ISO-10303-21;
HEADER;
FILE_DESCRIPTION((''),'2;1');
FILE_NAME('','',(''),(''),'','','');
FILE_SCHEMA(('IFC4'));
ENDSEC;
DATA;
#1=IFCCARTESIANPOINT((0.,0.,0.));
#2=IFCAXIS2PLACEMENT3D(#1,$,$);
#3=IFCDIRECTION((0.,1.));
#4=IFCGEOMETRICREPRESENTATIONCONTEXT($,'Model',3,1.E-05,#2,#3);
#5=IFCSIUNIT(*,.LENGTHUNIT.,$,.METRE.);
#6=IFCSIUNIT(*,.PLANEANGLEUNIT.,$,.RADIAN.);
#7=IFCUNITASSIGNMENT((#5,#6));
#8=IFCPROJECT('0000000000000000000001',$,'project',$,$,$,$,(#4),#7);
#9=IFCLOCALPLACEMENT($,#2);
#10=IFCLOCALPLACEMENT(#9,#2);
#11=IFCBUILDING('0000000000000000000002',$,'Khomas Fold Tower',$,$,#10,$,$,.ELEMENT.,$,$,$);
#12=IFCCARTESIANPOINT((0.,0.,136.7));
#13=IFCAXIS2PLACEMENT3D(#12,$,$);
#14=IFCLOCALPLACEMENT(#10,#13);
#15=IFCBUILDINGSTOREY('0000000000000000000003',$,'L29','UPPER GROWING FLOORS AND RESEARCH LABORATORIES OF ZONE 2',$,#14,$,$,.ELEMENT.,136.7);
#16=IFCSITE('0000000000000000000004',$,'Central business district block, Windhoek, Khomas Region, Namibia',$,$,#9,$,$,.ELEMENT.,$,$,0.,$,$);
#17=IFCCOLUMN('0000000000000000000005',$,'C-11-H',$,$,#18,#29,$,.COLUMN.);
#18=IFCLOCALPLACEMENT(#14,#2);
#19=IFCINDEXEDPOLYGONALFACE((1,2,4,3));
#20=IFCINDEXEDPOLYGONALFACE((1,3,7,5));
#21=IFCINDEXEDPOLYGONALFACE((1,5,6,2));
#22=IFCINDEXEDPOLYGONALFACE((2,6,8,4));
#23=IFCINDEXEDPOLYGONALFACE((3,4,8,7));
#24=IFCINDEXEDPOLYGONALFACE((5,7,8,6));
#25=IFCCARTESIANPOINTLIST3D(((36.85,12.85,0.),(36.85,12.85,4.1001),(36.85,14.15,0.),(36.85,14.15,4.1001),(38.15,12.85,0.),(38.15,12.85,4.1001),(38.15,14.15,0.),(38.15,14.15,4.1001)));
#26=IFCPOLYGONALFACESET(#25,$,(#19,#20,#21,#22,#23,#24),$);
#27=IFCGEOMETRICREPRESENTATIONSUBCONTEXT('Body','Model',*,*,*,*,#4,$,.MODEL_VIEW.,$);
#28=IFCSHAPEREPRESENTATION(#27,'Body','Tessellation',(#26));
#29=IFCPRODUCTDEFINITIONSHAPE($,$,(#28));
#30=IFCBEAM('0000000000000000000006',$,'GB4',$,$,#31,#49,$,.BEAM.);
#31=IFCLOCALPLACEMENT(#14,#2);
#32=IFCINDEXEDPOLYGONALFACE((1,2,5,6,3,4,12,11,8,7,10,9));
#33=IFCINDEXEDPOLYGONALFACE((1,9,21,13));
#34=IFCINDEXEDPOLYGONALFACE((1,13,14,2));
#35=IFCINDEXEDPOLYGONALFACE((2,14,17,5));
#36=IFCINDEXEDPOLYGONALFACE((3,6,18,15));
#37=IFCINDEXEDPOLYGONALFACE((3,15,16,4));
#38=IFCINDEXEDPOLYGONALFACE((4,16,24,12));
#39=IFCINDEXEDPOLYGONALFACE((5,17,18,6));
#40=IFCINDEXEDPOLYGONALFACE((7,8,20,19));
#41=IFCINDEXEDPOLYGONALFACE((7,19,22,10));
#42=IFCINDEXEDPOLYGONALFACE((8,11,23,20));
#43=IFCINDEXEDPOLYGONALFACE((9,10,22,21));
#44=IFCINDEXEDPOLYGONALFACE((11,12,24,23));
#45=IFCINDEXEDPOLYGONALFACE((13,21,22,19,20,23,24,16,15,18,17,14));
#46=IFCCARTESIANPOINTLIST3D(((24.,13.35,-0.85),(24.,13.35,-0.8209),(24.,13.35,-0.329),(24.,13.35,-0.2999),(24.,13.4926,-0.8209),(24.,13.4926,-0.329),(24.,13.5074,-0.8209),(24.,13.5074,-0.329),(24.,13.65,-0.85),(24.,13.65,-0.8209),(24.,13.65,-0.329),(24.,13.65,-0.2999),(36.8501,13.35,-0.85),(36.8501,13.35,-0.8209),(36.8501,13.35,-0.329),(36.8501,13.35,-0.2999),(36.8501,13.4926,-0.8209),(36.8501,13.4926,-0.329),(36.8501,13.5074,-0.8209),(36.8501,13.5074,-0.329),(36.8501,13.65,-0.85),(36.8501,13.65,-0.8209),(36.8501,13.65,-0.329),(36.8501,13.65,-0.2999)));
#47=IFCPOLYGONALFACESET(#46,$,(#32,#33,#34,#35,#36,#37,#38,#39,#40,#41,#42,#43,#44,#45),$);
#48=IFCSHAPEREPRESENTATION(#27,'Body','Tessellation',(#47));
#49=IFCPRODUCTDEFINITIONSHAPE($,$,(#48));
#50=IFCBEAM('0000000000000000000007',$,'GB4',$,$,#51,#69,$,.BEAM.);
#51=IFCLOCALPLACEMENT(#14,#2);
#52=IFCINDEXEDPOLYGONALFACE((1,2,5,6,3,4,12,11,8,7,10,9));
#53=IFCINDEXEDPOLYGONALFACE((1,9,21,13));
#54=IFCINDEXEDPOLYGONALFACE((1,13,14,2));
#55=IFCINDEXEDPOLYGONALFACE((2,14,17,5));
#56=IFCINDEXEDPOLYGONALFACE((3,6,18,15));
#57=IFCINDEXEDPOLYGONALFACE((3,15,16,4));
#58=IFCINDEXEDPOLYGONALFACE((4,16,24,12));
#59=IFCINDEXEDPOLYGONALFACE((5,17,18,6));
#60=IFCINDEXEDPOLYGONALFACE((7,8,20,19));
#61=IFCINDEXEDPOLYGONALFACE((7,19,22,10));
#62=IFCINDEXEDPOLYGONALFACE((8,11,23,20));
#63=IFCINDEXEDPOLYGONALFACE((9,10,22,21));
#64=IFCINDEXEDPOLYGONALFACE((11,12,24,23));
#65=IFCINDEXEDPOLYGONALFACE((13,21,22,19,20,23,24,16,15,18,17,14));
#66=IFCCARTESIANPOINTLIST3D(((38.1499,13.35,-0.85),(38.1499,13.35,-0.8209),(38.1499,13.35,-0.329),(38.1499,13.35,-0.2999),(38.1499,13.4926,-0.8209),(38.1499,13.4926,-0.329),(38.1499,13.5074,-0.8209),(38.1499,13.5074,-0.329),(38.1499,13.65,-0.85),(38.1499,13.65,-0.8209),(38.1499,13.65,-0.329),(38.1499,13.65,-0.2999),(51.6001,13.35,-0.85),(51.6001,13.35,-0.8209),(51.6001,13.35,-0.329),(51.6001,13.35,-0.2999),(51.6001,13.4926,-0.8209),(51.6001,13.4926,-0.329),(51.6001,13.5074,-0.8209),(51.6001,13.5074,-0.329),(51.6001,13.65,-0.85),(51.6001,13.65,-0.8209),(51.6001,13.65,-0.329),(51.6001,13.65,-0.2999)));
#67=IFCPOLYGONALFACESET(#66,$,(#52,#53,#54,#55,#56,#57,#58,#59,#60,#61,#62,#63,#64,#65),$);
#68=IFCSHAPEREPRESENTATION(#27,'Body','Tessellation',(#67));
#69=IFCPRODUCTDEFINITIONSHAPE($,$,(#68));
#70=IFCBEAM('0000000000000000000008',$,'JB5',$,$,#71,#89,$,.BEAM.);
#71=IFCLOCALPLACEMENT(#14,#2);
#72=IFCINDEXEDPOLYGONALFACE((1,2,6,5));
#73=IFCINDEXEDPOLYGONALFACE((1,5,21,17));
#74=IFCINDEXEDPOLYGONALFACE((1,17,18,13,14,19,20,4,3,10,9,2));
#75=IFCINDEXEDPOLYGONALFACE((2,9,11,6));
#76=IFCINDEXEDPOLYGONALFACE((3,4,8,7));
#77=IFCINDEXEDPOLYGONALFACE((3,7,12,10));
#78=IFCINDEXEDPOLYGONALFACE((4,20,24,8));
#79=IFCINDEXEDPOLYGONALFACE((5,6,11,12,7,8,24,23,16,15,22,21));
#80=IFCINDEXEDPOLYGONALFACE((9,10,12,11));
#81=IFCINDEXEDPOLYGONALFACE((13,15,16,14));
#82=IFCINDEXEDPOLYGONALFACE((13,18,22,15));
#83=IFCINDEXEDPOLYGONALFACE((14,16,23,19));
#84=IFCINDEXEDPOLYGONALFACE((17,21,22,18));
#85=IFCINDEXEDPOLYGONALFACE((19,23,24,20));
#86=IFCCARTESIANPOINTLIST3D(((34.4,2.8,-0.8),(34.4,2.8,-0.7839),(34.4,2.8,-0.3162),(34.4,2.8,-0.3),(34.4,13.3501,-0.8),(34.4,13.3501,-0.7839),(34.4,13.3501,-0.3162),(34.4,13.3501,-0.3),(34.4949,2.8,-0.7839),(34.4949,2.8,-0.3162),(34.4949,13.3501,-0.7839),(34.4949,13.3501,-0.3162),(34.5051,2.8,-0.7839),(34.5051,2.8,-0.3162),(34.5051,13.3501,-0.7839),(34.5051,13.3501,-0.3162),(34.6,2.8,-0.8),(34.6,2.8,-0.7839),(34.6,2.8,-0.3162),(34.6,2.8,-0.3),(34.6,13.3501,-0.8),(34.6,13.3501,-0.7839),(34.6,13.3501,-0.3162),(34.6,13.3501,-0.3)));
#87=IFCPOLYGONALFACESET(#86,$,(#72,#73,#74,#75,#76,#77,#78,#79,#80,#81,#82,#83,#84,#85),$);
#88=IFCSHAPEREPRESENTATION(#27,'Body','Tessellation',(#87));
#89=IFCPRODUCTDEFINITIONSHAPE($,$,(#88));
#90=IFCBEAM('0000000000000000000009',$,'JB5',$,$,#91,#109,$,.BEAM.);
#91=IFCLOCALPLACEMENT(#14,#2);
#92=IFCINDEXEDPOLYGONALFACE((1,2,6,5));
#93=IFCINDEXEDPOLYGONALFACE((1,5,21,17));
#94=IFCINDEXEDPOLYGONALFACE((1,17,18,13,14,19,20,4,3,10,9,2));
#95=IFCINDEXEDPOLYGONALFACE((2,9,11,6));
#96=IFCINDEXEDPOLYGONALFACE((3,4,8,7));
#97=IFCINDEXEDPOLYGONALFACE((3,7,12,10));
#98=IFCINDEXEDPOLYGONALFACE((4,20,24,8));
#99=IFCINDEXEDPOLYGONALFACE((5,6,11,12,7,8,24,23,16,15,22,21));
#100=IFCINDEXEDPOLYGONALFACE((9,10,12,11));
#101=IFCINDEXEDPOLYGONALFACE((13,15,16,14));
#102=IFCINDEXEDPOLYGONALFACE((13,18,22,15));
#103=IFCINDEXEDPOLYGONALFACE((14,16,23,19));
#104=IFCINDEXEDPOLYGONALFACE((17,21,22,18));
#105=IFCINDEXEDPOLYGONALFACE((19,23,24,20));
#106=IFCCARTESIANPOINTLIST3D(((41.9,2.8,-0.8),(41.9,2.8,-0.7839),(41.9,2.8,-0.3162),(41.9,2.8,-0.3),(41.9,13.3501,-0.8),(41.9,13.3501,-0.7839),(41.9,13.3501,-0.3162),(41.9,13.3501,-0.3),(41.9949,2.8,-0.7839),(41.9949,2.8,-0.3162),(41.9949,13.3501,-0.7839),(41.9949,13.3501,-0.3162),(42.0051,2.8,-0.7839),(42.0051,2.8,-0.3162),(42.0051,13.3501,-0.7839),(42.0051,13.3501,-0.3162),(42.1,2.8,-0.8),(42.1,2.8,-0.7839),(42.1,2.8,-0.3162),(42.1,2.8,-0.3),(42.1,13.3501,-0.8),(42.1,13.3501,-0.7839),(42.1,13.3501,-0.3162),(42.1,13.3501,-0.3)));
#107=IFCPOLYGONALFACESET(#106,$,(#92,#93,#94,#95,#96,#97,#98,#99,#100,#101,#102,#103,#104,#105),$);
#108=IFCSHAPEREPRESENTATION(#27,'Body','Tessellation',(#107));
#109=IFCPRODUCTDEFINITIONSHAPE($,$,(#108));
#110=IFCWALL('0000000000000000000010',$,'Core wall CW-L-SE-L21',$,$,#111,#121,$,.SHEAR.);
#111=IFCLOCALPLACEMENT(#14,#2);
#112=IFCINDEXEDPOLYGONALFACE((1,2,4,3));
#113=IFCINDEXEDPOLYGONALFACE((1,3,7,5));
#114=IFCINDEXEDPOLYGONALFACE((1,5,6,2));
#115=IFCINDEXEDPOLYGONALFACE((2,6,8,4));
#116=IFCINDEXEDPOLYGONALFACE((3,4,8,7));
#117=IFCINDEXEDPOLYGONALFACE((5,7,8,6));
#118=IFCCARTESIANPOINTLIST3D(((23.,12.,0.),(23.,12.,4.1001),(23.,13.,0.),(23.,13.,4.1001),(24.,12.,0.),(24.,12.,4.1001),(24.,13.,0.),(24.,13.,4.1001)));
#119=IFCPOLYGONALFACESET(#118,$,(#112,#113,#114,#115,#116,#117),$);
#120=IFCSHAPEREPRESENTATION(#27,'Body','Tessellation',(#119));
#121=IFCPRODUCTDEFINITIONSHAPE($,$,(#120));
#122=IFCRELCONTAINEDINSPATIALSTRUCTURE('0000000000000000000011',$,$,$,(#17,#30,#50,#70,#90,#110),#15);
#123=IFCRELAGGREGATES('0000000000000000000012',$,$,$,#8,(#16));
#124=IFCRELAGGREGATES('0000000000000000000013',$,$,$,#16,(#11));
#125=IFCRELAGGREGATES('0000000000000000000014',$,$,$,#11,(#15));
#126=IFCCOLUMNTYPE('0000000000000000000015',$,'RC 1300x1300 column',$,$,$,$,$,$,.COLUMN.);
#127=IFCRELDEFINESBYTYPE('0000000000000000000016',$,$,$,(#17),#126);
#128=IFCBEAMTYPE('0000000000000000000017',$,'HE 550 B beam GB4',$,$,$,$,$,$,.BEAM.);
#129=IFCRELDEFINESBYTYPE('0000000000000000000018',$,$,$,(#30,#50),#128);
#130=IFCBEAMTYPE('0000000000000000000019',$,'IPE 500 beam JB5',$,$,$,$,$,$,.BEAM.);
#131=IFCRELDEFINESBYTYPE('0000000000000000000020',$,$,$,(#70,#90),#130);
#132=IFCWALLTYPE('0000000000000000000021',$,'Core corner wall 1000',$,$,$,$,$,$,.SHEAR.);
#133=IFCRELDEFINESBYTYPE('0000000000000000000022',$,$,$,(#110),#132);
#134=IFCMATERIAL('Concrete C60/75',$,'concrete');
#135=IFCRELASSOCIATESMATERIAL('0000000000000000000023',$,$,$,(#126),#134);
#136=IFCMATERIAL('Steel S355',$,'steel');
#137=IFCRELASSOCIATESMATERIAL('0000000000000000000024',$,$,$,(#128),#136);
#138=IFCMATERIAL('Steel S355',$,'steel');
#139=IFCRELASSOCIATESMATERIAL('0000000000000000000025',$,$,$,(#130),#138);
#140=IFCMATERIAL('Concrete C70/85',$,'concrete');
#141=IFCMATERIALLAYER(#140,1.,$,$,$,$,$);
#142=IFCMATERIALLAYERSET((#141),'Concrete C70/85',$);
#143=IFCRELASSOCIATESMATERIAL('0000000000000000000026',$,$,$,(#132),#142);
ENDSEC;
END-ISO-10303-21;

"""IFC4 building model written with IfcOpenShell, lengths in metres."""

from ifc_helpers import new_model, si_unit, direction, frame, frame_2d, origin, origin_2d, place, context, subcontext, project, spatial, rectangle, i_section, extrude, source, transform, mapped, material, layer, layer_set, material_profile, profile_set, type_object, element, save


model = new_model("IFC4")

# Units and contexts
model_context = context("Model", 3, precision=1e-05, world=origin(), true_north=direction((0.0, 1.0)))
body_context = subcontext(model_context, "Body", "Model", "MODEL_VIEW")
ifc_project = project(units=[si_unit("LENGTHUNIT", "METRE"), si_unit("PLANEANGLEUNIT", "RADIAN")], contexts=[model_context])

# Site, building, storey
site_placement = place(None, origin())
site = spatial("IfcSite", under=ifc_project, at=site_placement, Name="Central business district block, Windhoek, Khomas Region, Namibia", CompositionType="ELEMENT", RefElevation=0.0)
building_placement = place(site_placement, origin())
building = spatial("IfcBuilding", under=site, at=building_placement, Name="Khomas Fold Tower", CompositionType="ELEMENT")
storey_placement = place(building_placement, frame((0.0, 0.0, 136.7)))
storey = spatial("IfcBuildingStorey", under=building, at=storey_placement, Name="L29", Description="UPPER GROWING FLOORS AND RESEARCH LABORATORIES OF ZONE 2", CompositionType="ELEMENT", Elevation=136.7)

# Column
ifc_material_1 = material(Name="Concrete C60/75", Category="concrete")
ifc_material_profile_1 = material_profile(ifc_material_1, rectangle(XDim=1.3, YDim=1.3, at=origin_2d()), Name="RC 1300x1300")
ifc_profile_set_1 = profile_set([ifc_material_profile_1], Name="Concrete C60/75")
column_type = type_object("IfcColumnType", Name="RC 1300x1300 column", PredefinedType="COLUMN", material=ifc_profile_set_1)
shared_shape_1 = source(origin(), body_context, "Body", "SweptSolid", [
    extrude(rectangle(XDim=1.3, YDim=1.3, at=origin_2d()), origin(), (0.0, 0.0, 1.0), 4.1001),
])
column_placement = place(storey_placement, frame((37.5, 13.5, 0.0), z_axis=(0.0, 0.0, 1.0), x_axis=(1.0, 0.0, 0.0)))
element("IfcColumn", 1, at=column_placement, inside=storey, type_object=column_type, Name="C-11-H", PredefinedType="COLUMN", context=body_context, shape_type="MappedRepresentation", body=[
    mapped(shared_shape_1, transform((0.0, 0.0, 0.0))),
])

# Beams
ifc_material_2 = material(Name="Steel S355", Category="steel")
ifc_material_profile_2 = material_profile(ifc_material_2, i_section(OverallWidth=0.3, OverallDepth=0.55, WebThickness=0.0149, FlangeThickness=0.0291, at=origin_2d()), Name="HE 550 B")
ifc_profile_set_2 = profile_set([ifc_material_profile_2], Name="Steel S355")
beam_type_1 = type_object("IfcBeamType", Name="HE 550 B beam GB4", PredefinedType="BEAM", material=ifc_profile_set_2)
shared_shape_2 = source(origin(), body_context, "Body", "SweptSolid", [
    extrude(i_section(OverallWidth=0.3, OverallDepth=0.55, WebThickness=0.0149, FlangeThickness=0.0291, at=origin_2d()), origin(), (0.0, 0.0, 1.0), 12.8501),
])
beam_1_placement = place(storey_placement, frame((24.0, 13.5, -0.575), z_axis=(1.0, 0.0, 0.0), x_axis=(0.0, 1.0, 0.0)))
element("IfcBeam", 2, at=beam_1_placement, inside=storey, type_object=beam_type_1, Name="GB4", PredefinedType="BEAM", context=body_context, shape_type="MappedRepresentation", body=[
    mapped(shared_shape_2, transform((0.0, 0.0, 0.0))),
])
shared_shape_3 = source(origin(), body_context, "Body", "SweptSolid", [
    extrude(i_section(OverallWidth=0.3, OverallDepth=0.55, WebThickness=0.0149, FlangeThickness=0.0291, at=origin_2d()), origin(), (0.0, 0.0, 1.0), 13.4502),
])
beam_2_placement = place(storey_placement, frame((38.1499, 13.5, -0.575), z_axis=(1.0, 0.0, 0.0), x_axis=(0.0, 1.0, 0.0)))
element("IfcBeam", 3, at=beam_2_placement, inside=storey, type_object=beam_type_1, Name="GB4", PredefinedType="BEAM", context=body_context, shape_type="MappedRepresentation", body=[
    mapped(shared_shape_3, transform((0.0, 0.0, 0.0))),
])
ifc_material_3 = material(Name="Steel S355", Category="steel")
ifc_material_profile_3 = material_profile(ifc_material_3, i_section(OverallWidth=0.2, OverallDepth=0.5, WebThickness=0.0103, FlangeThickness=0.0161, at=origin_2d()), Name="IPE 500")
ifc_profile_set_3 = profile_set([ifc_material_profile_3], Name="Steel S355")
beam_type_2 = type_object("IfcBeamType", Name="IPE 500 beam JB5", PredefinedType="BEAM", material=ifc_profile_set_3)
shared_shape_4 = source(origin(), body_context, "Body", "SweptSolid", [
    extrude(i_section(OverallWidth=0.2, OverallDepth=0.5, WebThickness=0.0103, FlangeThickness=0.0161, at=origin_2d()), origin(), (0.0, 0.0, 1.0), 10.55),
])
for number, where, z_axis, x_axis, name in (
    (4, (34.5, 2.8, -0.55), (0.0, 1.0, 0.0), (-1.0, 0.0, 0.0), "JB5"),
    (5, (42.0, 2.8, -0.55), (0.0, 1.0, 0.0), (-1.0, 0.0, 0.0), "JB5"),
):
    element("IfcBeam", number, at=place(storey_placement, frame(where, z_axis=z_axis, x_axis=x_axis)), inside=storey, type_object=beam_type_2, Name=name, PredefinedType="BEAM", context=body_context, shape_type="MappedRepresentation", body=[
        mapped(shared_shape_4, transform((0.0, 0.0, 0.0))),
    ])

# Wall
ifc_material_4 = material(Name="Concrete C70/85", Category="concrete")
ifc_layer_1 = layer(ifc_material_4, 1.0)
ifc_layer_set_1 = layer_set([ifc_layer_1], Name="Concrete C70/85")
wall_type_1 = type_object("IfcWallType", Name="Core corner wall 1000", PredefinedType="SHEAR", material=ifc_layer_set_1)
shared_shape_5 = source(origin(), body_context, "Body", "SweptSolid", [
    extrude(rectangle(XDim=1.0, YDim=1.0, at=frame_2d((0.5, 0.0))), origin(), (0.0, 0.0, 1.0), 4.1001),
])
wall_1_placement = place(storey_placement, frame((23.0, 12.5, 0.0), z_axis=(0.0, 0.0, 1.0), x_axis=(1.0, 0.0, 0.0)))
element("IfcWall", 6, at=wall_1_placement, inside=storey, type_object=wall_type_1, Name="Core wall CW-L-SE-L21", PredefinedType="SHEAR", context=body_context, shape_type="MappedRepresentation", body=[
    mapped(shared_shape_5, transform((0.0, 0.0, 0.0))),
])

save(model, "model.ifc")
